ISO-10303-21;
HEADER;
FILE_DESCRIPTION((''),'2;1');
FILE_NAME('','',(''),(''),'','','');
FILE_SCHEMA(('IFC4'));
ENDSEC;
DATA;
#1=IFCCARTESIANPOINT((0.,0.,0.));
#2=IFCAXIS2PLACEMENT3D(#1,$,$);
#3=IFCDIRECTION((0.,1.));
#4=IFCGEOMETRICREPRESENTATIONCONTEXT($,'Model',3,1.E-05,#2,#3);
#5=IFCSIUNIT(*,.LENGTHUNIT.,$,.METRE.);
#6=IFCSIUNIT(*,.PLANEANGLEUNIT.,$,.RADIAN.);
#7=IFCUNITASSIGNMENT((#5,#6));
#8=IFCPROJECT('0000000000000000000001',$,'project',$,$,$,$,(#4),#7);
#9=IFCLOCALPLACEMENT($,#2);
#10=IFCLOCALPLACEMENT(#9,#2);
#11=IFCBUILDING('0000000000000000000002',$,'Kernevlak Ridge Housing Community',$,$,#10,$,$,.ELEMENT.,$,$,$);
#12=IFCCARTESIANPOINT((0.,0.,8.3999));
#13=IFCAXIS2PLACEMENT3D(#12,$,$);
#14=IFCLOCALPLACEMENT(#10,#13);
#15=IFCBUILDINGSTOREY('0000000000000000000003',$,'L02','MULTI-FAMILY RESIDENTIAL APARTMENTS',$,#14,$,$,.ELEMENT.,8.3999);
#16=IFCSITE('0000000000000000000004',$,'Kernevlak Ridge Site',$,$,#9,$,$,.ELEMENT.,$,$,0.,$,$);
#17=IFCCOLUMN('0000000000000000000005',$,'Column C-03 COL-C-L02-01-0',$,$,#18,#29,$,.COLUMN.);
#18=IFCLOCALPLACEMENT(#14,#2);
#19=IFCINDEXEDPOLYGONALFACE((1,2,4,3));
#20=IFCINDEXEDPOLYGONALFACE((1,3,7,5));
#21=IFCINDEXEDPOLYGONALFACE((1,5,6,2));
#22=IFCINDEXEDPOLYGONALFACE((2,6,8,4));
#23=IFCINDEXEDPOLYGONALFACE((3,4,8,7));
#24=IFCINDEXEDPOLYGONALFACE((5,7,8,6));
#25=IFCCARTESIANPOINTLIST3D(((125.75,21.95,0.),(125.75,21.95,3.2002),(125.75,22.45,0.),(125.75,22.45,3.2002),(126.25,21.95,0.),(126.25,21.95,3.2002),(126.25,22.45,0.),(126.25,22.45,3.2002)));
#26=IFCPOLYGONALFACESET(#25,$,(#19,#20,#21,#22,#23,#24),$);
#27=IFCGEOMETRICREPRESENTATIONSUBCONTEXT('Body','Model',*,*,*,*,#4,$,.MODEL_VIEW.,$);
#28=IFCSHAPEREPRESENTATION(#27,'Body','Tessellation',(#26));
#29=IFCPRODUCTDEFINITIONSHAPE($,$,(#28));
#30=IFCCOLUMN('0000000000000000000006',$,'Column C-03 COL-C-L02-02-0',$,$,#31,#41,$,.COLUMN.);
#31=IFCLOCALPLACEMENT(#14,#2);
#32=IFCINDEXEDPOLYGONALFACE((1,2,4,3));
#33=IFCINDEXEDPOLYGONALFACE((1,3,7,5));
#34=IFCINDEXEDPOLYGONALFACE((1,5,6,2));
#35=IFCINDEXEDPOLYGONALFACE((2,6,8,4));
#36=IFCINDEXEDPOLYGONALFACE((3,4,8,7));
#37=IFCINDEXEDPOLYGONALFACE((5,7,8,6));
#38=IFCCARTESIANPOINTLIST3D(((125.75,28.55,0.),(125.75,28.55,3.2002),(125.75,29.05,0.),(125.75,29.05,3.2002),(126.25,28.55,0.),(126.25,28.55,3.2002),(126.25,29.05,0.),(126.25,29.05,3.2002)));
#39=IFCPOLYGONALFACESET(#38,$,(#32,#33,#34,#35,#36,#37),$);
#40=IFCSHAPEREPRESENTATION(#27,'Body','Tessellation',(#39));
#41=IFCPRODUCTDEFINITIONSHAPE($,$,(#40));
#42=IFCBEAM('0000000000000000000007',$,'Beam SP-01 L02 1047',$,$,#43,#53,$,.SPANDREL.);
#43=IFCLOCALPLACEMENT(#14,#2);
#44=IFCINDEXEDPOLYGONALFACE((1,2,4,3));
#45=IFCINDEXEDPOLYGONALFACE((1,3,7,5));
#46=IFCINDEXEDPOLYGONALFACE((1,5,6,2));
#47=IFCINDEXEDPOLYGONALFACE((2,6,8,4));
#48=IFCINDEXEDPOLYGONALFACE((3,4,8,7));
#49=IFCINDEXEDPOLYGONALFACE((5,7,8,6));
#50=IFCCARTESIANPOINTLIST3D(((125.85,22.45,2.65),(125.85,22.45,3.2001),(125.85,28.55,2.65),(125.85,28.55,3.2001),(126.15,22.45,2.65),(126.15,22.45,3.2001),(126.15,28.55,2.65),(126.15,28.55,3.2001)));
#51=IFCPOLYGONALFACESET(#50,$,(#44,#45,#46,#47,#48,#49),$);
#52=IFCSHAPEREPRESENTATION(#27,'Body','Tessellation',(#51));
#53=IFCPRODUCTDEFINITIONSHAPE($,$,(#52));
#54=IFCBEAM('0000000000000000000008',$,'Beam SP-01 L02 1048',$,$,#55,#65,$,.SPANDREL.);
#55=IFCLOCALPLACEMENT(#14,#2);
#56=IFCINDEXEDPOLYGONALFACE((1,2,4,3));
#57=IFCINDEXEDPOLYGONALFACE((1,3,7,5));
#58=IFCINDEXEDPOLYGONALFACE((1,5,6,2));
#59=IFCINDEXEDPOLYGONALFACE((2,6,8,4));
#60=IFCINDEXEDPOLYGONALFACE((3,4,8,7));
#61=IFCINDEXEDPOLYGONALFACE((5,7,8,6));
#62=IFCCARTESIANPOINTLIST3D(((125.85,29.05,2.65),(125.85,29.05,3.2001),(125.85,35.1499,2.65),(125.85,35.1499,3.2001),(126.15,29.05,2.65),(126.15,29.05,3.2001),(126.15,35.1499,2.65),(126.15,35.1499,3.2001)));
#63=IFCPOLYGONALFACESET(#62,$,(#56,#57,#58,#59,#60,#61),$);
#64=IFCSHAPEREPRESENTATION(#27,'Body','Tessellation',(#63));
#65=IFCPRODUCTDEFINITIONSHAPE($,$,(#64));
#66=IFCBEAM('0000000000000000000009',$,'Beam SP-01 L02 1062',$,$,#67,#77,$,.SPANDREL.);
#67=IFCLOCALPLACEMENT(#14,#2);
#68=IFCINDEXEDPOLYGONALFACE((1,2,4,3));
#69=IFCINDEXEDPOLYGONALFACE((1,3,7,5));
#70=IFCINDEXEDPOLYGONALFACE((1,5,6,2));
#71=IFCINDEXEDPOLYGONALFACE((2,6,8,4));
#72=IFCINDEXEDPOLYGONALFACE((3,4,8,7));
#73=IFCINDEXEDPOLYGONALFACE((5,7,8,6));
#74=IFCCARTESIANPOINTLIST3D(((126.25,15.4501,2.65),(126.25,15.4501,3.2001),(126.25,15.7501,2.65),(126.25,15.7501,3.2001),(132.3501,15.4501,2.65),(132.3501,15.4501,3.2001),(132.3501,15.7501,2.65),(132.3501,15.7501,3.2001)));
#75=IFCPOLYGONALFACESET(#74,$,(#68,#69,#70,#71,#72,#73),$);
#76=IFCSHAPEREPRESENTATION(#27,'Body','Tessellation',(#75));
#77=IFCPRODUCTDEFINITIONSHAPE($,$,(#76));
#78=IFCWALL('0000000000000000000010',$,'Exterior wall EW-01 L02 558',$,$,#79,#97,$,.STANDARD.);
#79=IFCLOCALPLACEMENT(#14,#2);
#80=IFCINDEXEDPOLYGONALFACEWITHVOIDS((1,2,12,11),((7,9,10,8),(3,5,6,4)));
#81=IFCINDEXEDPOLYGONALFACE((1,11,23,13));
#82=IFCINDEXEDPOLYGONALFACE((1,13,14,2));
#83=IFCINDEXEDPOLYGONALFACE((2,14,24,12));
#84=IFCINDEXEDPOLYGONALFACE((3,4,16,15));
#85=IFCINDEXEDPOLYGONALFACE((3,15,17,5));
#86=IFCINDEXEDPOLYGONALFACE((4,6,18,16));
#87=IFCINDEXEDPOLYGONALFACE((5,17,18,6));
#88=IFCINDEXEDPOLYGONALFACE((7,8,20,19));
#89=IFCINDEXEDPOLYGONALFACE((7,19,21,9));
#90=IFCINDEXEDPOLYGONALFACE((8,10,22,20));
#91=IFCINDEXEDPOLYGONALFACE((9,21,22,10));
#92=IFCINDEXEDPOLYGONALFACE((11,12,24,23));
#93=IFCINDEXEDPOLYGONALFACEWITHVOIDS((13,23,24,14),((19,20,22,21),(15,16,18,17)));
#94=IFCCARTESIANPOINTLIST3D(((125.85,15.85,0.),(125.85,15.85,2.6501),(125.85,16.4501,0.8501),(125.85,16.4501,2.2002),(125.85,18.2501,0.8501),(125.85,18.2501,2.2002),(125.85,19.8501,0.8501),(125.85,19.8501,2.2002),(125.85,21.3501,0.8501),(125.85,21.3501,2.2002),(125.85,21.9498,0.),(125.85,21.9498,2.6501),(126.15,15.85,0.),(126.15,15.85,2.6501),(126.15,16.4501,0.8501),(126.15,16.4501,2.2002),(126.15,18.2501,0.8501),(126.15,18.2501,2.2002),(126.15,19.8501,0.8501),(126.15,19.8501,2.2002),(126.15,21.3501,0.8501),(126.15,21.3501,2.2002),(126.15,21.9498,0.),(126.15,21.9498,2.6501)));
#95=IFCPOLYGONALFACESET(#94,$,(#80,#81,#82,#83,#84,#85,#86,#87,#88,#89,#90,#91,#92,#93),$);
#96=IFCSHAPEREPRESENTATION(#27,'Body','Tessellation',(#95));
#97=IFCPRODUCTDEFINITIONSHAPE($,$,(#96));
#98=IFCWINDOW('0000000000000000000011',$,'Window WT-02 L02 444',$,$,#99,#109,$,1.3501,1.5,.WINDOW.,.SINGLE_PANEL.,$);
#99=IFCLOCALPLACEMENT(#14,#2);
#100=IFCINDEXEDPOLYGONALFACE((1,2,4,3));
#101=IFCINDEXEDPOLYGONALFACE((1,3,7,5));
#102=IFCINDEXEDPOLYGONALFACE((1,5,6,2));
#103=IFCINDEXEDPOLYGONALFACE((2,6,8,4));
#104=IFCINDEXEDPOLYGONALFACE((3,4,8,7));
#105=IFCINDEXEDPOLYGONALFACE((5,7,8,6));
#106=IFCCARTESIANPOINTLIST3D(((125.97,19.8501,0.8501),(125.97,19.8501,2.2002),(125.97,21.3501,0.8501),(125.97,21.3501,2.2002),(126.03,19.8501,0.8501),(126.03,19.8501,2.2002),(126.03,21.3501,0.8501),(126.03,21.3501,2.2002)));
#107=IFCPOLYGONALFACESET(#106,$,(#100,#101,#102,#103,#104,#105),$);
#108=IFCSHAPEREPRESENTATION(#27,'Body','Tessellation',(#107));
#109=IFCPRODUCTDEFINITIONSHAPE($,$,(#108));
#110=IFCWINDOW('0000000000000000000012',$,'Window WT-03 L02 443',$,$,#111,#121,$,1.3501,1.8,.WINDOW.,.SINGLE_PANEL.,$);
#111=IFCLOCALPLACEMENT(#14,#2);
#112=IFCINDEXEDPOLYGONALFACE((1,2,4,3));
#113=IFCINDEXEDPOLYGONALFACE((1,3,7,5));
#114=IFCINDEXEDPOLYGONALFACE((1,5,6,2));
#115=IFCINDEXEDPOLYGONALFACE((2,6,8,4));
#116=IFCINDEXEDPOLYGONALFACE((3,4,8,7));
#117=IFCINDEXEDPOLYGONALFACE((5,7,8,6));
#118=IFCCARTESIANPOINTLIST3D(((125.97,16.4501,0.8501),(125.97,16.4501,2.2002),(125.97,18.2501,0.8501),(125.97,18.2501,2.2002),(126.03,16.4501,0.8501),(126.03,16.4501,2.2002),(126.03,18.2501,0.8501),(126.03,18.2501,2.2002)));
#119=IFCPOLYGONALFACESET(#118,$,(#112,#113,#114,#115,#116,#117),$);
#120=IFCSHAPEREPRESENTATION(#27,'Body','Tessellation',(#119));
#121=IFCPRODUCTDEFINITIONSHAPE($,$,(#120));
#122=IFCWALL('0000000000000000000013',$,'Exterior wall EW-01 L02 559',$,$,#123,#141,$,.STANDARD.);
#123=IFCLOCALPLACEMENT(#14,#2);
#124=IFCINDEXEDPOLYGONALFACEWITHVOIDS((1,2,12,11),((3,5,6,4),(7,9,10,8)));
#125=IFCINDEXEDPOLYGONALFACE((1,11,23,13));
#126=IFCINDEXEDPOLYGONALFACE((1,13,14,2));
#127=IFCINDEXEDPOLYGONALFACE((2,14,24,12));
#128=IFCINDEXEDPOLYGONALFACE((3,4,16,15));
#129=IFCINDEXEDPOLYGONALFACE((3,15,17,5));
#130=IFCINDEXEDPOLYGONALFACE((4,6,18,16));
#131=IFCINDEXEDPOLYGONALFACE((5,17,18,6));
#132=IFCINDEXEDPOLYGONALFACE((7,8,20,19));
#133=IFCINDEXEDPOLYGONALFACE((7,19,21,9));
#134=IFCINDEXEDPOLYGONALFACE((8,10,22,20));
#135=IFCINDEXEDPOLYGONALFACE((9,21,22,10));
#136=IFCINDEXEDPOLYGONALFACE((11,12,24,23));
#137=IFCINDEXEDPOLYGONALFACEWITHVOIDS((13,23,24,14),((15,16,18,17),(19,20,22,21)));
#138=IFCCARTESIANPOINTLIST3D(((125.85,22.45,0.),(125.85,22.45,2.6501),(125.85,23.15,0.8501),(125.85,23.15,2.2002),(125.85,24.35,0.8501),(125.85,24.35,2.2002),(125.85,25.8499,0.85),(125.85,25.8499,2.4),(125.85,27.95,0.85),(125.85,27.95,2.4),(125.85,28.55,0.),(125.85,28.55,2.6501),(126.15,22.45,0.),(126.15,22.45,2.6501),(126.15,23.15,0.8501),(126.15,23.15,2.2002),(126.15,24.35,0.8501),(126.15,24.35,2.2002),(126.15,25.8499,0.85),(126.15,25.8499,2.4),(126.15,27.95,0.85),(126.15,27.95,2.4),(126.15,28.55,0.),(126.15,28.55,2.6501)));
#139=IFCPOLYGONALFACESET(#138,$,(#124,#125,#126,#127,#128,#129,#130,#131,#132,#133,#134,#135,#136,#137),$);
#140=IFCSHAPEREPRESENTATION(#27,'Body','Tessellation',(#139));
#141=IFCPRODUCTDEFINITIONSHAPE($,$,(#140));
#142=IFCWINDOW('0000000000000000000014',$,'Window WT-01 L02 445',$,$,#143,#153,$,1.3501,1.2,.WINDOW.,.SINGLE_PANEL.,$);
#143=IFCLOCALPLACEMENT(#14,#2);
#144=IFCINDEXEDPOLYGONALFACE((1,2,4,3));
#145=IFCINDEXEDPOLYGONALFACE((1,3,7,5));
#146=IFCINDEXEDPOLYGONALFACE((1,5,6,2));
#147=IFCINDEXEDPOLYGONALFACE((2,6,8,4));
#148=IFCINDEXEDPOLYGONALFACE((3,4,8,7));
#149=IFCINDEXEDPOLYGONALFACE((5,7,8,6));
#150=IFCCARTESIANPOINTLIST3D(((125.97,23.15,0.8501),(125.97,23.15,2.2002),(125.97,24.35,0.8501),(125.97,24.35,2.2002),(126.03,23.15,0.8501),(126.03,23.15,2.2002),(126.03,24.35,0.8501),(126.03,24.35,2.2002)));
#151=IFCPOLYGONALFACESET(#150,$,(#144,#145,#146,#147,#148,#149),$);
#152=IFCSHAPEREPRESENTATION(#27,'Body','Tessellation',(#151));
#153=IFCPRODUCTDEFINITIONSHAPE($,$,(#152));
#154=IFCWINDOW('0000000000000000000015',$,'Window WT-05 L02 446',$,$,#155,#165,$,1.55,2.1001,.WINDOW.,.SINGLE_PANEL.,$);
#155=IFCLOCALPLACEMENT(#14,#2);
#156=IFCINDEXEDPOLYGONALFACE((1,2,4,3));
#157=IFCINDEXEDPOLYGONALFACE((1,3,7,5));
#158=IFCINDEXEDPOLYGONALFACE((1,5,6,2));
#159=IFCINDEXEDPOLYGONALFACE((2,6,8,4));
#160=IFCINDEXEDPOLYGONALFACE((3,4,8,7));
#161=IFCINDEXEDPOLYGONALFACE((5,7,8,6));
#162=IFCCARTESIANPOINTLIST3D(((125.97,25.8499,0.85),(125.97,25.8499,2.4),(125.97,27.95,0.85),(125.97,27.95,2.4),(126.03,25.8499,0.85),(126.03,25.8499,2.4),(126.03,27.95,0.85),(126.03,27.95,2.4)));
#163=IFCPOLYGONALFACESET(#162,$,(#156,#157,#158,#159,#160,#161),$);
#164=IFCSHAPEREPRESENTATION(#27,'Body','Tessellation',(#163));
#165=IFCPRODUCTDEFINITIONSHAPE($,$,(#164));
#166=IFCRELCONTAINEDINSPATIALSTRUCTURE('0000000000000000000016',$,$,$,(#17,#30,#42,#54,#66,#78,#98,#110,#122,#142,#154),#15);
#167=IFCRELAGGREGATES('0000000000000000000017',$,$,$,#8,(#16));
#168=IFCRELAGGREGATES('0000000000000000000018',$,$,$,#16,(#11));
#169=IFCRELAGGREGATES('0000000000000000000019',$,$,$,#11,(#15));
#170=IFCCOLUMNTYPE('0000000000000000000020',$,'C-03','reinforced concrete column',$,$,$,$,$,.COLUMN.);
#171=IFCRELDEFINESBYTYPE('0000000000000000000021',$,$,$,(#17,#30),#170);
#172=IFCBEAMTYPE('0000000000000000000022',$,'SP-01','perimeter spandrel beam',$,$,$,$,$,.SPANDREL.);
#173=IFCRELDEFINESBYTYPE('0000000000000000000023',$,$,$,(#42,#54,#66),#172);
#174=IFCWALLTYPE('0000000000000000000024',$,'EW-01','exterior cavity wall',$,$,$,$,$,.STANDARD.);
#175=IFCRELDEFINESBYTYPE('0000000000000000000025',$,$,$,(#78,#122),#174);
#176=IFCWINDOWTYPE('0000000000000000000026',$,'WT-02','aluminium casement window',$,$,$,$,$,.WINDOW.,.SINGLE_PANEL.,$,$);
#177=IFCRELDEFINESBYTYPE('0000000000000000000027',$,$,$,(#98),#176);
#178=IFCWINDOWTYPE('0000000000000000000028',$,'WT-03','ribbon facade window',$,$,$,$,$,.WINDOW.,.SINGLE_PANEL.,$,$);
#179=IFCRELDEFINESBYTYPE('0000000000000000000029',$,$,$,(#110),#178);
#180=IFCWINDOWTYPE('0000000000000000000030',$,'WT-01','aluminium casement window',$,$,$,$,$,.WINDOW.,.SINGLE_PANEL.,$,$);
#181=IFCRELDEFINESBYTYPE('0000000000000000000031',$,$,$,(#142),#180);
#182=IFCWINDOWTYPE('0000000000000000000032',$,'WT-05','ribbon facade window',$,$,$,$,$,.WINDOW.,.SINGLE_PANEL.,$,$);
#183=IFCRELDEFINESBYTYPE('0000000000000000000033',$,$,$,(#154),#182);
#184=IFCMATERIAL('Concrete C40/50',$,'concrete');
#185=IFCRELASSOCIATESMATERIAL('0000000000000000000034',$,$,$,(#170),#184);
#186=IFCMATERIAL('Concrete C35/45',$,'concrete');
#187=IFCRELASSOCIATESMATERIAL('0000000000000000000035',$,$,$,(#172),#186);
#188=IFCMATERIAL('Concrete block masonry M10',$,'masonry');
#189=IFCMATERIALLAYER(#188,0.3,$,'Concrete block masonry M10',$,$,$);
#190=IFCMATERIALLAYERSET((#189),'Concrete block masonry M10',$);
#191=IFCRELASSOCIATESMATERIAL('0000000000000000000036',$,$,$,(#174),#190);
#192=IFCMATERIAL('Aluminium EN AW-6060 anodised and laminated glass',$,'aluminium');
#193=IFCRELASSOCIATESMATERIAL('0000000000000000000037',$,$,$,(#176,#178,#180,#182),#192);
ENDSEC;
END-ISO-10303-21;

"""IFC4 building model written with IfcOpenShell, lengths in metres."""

from ifc_helpers import new_model, si_unit, direction, frame, frame_2d, origin, origin_2d, place, context, subcontext, project, spatial, rectangle, extrude, material, layer, layer_set, material_profile, profile_set, type_object, element, fill, save


model = new_model("IFC4")

# Units and contexts
model_context = context("Model", 3, precision=1e-05, world=origin(), true_north=direction((0.0, 1.0)))
body_context = subcontext(model_context, "Body", "Model", "MODEL_VIEW")
ifc_project = project(units=[si_unit("LENGTHUNIT", "METRE"), si_unit("PLANEANGLEUNIT", "RADIAN")], contexts=[model_context])

# Site, building, storey
site_placement = place(None, origin())
site = spatial("IfcSite", under=ifc_project, at=site_placement, Name="Kernevlak Ridge Site", CompositionType="ELEMENT", RefElevation=0.0)
building_placement = place(site_placement, origin())
building = spatial("IfcBuilding", under=site, at=building_placement, Name="Kernevlak Ridge Housing Community", CompositionType="ELEMENT")
storey_placement = place(building_placement, frame((0.0, 0.0, 8.3999)))
storey = spatial("IfcBuildingStorey", under=building, at=storey_placement, Name="L02", Description="MULTI-FAMILY RESIDENTIAL APARTMENTS", CompositionType="ELEMENT", Elevation=8.3999)

# Columns
ifc_material_1 = material(Name="Concrete C40/50", Category="concrete")
ifc_material_profile_1 = material_profile(ifc_material_1, rectangle(XDim=0.5, YDim=0.5, at=origin_2d()), Name="RC 500x500")
ifc_profile_set_1 = profile_set([ifc_material_profile_1], Name="Concrete C40/50")
column_type = type_object("IfcColumnType", Name="C-03", Description="reinforced concrete column", PredefinedType="COLUMN", material=ifc_profile_set_1)
for number, where, z_axis, x_axis, name in (
    (1, (126.0, 22.2, 0.0), (0.0, 0.0, 1.0), (1.0, 0.0, 0.0), "Column C-03 COL-C-L02-01-0"),
    (2, (126.0, 28.8, 0.0), (0.0, 0.0, 1.0), (1.0, 0.0, 0.0), "Column C-03 COL-C-L02-02-0"),
):
    element("IfcColumn", number, at=place(storey_placement, frame(where, z_axis=z_axis, x_axis=x_axis)), inside=storey, type_object=column_type, Name=name, PredefinedType="COLUMN", context=body_context, shape_type="SweptSolid", body=[
        extrude(rectangle(XDim=0.5, YDim=0.5, at=origin_2d()), origin(), (0.0, 0.0, 1.0), 3.2002),
    ])

# Beams
ifc_material_2 = material(Name="Concrete C35/45", Category="concrete")
ifc_material_profile_2 = material_profile(ifc_material_2, rectangle(XDim=0.3, YDim=0.55, at=origin_2d()), Name="RC 300x550")
ifc_profile_set_2 = profile_set([ifc_material_profile_2], Name="Concrete C35/45")
beam_type = type_object("IfcBeamType", Name="SP-01", Description="perimeter spandrel beam", PredefinedType="SPANDREL", material=ifc_profile_set_2)
beam_1_placement = place(storey_placement, frame((126.0, 22.45, 2.925), z_axis=(0.0, 1.0, 0.0), x_axis=(-1.0, 0.0, 0.0)))
element("IfcBeam", 3, at=beam_1_placement, inside=storey, type_object=beam_type, Name="Beam SP-01 L02 1047", PredefinedType="SPANDREL", context=body_context, shape_type="SweptSolid", body=[
    extrude(rectangle(XDim=0.3, YDim=0.55, at=origin_2d()), origin(), (0.0, 0.0, 1.0), 6.1001),
])
beam_2_placement = place(storey_placement, frame((126.0, 29.05, 2.925), z_axis=(0.0, 1.0, 0.0), x_axis=(-1.0, 0.0, 0.0)))
element("IfcBeam", 4, at=beam_2_placement, inside=storey, type_object=beam_type, Name="Beam SP-01 L02 1048", PredefinedType="SPANDREL", context=body_context, shape_type="SweptSolid", body=[
    extrude(rectangle(XDim=0.3, YDim=0.55, at=origin_2d()), origin(), (0.0, 0.0, 1.0), 6.0999),
])
beam_3_placement = place(storey_placement, frame((126.25, 15.6001, 2.925), z_axis=(1.0, 0.0, 0.0), x_axis=(0.0, 1.0, 0.0)))
element("IfcBeam", 5, at=beam_3_placement, inside=storey, type_object=beam_type, Name="Beam SP-01 L02 1062", PredefinedType="SPANDREL", context=body_context, shape_type="SweptSolid", body=[
    extrude(rectangle(XDim=0.3, YDim=0.55, at=origin_2d()), origin(), (0.0, 0.0, 1.0), 6.1001),
])

# Walls, openings, windows
ifc_material_3 = material(Name="Concrete block masonry M10", Category="masonry")
ifc_layer_1 = layer(ifc_material_3, 0.3, Name="Concrete block masonry M10")
ifc_layer_set_1 = layer_set([ifc_layer_1], Name="Concrete block masonry M10")
wall_type_1 = type_object("IfcWallType", Name="EW-01", Description="exterior cavity wall", PredefinedType="STANDARD", material=ifc_layer_set_1)
wall_1_placement = place(storey_placement, frame((126.0, 15.8501, 0.0), z_axis=(0.0, 0.0, 1.0), x_axis=(0.0, 1.0, 0.0)))
wall_1 = element("IfcWall", 6, at=wall_1_placement, inside=storey, type_object=wall_type_1, Name="Exterior wall EW-01 L02 558", PredefinedType="STANDARD", context=body_context, shape_type="SweptSolid", body=[
    extrude(rectangle(XDim=6.0999, YDim=0.3, at=frame_2d((3.0498, 0.0))), origin(), (0.0, 0.0, 1.0), 2.6501),
])
opening_1_placement = place(wall_1_placement, frame((0.6001, 0.0, 0.8501)))
opening_1 = element("IfcOpeningElement", 7, at=opening_1_placement, cuts=wall_1, PredefinedType="OPENING", context=body_context, shape_type="SweptSolid", body=[
    extrude(rectangle(XDim=1.8, YDim=1.3501, at=frame_2d((0.8999, 0.675))), frame((0.0, 0.1599, 0.0), z_axis=(0.0, -1.0, 0.0), x_axis=(1.0, 0.0, 0.0)), (0.0, 0.0, 1.0), 0.3201),
])
opening_2_placement = place(wall_1_placement, frame((4.0, 0.0, 0.8501)))
opening_2 = element("IfcOpeningElement", 8, at=opening_2_placement, cuts=wall_1, PredefinedType="OPENING", context=body_context, shape_type="SweptSolid", body=[
    extrude(rectangle(XDim=1.5, YDim=1.3501, at=frame_2d((0.75, 0.675))), frame((0.0, 0.1599, 0.0), z_axis=(0.0, -1.0, 0.0), x_axis=(1.0, 0.0, 0.0)), (0.0, 0.0, 1.0), 0.3201),
])
ifc_material_4 = material(Name="Aluminium EN AW-6060 anodised and laminated glass", Category="aluminium")
window_type_1 = type_object("IfcWindowType", Name="WT-02", Description="aluminium casement window", PartitioningType="SINGLE_PANEL", PredefinedType="WINDOW", material=ifc_material_4)
window_1_placement = place(opening_2_placement, origin())
window_1 = element("IfcWindow", 9, at=window_1_placement, inside=storey, type_object=window_type_1, Name="Window WT-02 L02 444", OverallHeight=1.3501, OverallWidth=1.5, PartitioningType="SINGLE_PANEL", PredefinedType="WINDOW", context=body_context, shape_type="SweptSolid", body=[
    extrude(rectangle(XDim=1.5, YDim=1.3501, at=frame_2d((0.75, 0.675))), frame((0.0, 0.03, 0.0), z_axis=(0.0, -1.0, 0.0), x_axis=(1.0, 0.0, 0.0)), (0.0, 0.0, 1.0), 0.0601),
])
fill(opening_2, window_1)
window_type_2 = type_object("IfcWindowType", Name="WT-03", Description="ribbon facade window", PartitioningType="SINGLE_PANEL", PredefinedType="WINDOW", material=ifc_material_4)
window_2_placement = place(opening_1_placement, origin())
window_2 = element("IfcWindow", 10, at=window_2_placement, inside=storey, type_object=window_type_2, Name="Window WT-03 L02 443", OverallHeight=1.3501, OverallWidth=1.8, PartitioningType="SINGLE_PANEL", PredefinedType="WINDOW", context=body_context, shape_type="SweptSolid", body=[
    extrude(rectangle(XDim=1.8, YDim=1.3501, at=frame_2d((0.8999, 0.675))), frame((0.0, 0.03, 0.0), z_axis=(0.0, -1.0, 0.0), x_axis=(1.0, 0.0, 0.0)), (0.0, 0.0, 1.0), 0.0601),
])
fill(opening_1, window_2)
wall_2_placement = place(storey_placement, frame((126.0, 22.45, 0.0), z_axis=(0.0, 0.0, 1.0), x_axis=(0.0, 1.0, 0.0)))
wall_2 = element("IfcWall", 11, at=wall_2_placement, inside=storey, type_object=wall_type_1, Name="Exterior wall EW-01 L02 559", PredefinedType="STANDARD", context=body_context, shape_type="SweptSolid", body=[
    extrude(rectangle(XDim=6.1001, YDim=0.3, at=frame_2d((3.05, 0.0))), origin(), (0.0, 0.0, 1.0), 2.6501),
])
opening_3_placement = place(wall_2_placement, frame((0.7, 0.0, 0.8501)))
opening_3 = element("IfcOpeningElement", 12, at=opening_3_placement, cuts=wall_2, PredefinedType="OPENING", context=body_context, shape_type="SweptSolid", body=[
    extrude(rectangle(XDim=1.2, YDim=1.3501, at=frame_2d((0.6001, 0.675))), frame((0.0, 0.1599, 0.0), z_axis=(0.0, -1.0, 0.0), x_axis=(1.0, 0.0, 0.0)), (0.0, 0.0, 1.0), 0.3201),
])
opening_4_placement = place(wall_2_placement, frame((3.3999, 0.0, 0.8501)))
opening_4 = element("IfcOpeningElement", 13, at=opening_4_placement, cuts=wall_2, PredefinedType="OPENING", context=body_context, shape_type="SweptSolid", body=[
    extrude(rectangle(XDim=2.1001, YDim=1.55, at=frame_2d((1.05, 0.7749))), frame((0.0, 0.1599, 0.0), z_axis=(0.0, -1.0, 0.0), x_axis=(1.0, 0.0, 0.0)), (0.0, 0.0, 1.0), 0.3201),
])
window_type_3 = type_object("IfcWindowType", Name="WT-01", Description="aluminium casement window", PartitioningType="SINGLE_PANEL", PredefinedType="WINDOW", material=ifc_material_4)
window_3_placement = place(opening_3_placement, origin())
window_3 = element("IfcWindow", 14, at=window_3_placement, inside=storey, type_object=window_type_3, Name="Window WT-01 L02 445", OverallHeight=1.3501, OverallWidth=1.2, PartitioningType="SINGLE_PANEL", PredefinedType="WINDOW", context=body_context, shape_type="SweptSolid", body=[
    extrude(rectangle(XDim=1.2, YDim=1.3501, at=frame_2d((0.6001, 0.675))), frame((0.0, 0.03, 0.0), z_axis=(0.0, -1.0, 0.0), x_axis=(1.0, 0.0, 0.0)), (0.0, 0.0, 1.0), 0.0601),
])
fill(opening_3, window_3)
window_type_4 = type_object("IfcWindowType", Name="WT-05", Description="ribbon facade window", PartitioningType="SINGLE_PANEL", PredefinedType="WINDOW", material=ifc_material_4)
window_4_placement = place(opening_4_placement, origin())
window_4 = element("IfcWindow", 15, at=window_4_placement, inside=storey, type_object=window_type_4, Name="Window WT-05 L02 446", OverallHeight=1.55, OverallWidth=2.1001, PartitioningType="SINGLE_PANEL", PredefinedType="WINDOW", context=body_context, shape_type="SweptSolid", body=[
    extrude(rectangle(XDim=2.1001, YDim=1.55, at=frame_2d((1.05, 0.7749))), frame((0.0, 0.03, 0.0), z_axis=(0.0, -1.0, 0.0), x_axis=(1.0, 0.0, 0.0)), (0.0, 0.0, 1.0), 0.0601),
])
fill(opening_4, window_4)

save(model, "model.ifc")
